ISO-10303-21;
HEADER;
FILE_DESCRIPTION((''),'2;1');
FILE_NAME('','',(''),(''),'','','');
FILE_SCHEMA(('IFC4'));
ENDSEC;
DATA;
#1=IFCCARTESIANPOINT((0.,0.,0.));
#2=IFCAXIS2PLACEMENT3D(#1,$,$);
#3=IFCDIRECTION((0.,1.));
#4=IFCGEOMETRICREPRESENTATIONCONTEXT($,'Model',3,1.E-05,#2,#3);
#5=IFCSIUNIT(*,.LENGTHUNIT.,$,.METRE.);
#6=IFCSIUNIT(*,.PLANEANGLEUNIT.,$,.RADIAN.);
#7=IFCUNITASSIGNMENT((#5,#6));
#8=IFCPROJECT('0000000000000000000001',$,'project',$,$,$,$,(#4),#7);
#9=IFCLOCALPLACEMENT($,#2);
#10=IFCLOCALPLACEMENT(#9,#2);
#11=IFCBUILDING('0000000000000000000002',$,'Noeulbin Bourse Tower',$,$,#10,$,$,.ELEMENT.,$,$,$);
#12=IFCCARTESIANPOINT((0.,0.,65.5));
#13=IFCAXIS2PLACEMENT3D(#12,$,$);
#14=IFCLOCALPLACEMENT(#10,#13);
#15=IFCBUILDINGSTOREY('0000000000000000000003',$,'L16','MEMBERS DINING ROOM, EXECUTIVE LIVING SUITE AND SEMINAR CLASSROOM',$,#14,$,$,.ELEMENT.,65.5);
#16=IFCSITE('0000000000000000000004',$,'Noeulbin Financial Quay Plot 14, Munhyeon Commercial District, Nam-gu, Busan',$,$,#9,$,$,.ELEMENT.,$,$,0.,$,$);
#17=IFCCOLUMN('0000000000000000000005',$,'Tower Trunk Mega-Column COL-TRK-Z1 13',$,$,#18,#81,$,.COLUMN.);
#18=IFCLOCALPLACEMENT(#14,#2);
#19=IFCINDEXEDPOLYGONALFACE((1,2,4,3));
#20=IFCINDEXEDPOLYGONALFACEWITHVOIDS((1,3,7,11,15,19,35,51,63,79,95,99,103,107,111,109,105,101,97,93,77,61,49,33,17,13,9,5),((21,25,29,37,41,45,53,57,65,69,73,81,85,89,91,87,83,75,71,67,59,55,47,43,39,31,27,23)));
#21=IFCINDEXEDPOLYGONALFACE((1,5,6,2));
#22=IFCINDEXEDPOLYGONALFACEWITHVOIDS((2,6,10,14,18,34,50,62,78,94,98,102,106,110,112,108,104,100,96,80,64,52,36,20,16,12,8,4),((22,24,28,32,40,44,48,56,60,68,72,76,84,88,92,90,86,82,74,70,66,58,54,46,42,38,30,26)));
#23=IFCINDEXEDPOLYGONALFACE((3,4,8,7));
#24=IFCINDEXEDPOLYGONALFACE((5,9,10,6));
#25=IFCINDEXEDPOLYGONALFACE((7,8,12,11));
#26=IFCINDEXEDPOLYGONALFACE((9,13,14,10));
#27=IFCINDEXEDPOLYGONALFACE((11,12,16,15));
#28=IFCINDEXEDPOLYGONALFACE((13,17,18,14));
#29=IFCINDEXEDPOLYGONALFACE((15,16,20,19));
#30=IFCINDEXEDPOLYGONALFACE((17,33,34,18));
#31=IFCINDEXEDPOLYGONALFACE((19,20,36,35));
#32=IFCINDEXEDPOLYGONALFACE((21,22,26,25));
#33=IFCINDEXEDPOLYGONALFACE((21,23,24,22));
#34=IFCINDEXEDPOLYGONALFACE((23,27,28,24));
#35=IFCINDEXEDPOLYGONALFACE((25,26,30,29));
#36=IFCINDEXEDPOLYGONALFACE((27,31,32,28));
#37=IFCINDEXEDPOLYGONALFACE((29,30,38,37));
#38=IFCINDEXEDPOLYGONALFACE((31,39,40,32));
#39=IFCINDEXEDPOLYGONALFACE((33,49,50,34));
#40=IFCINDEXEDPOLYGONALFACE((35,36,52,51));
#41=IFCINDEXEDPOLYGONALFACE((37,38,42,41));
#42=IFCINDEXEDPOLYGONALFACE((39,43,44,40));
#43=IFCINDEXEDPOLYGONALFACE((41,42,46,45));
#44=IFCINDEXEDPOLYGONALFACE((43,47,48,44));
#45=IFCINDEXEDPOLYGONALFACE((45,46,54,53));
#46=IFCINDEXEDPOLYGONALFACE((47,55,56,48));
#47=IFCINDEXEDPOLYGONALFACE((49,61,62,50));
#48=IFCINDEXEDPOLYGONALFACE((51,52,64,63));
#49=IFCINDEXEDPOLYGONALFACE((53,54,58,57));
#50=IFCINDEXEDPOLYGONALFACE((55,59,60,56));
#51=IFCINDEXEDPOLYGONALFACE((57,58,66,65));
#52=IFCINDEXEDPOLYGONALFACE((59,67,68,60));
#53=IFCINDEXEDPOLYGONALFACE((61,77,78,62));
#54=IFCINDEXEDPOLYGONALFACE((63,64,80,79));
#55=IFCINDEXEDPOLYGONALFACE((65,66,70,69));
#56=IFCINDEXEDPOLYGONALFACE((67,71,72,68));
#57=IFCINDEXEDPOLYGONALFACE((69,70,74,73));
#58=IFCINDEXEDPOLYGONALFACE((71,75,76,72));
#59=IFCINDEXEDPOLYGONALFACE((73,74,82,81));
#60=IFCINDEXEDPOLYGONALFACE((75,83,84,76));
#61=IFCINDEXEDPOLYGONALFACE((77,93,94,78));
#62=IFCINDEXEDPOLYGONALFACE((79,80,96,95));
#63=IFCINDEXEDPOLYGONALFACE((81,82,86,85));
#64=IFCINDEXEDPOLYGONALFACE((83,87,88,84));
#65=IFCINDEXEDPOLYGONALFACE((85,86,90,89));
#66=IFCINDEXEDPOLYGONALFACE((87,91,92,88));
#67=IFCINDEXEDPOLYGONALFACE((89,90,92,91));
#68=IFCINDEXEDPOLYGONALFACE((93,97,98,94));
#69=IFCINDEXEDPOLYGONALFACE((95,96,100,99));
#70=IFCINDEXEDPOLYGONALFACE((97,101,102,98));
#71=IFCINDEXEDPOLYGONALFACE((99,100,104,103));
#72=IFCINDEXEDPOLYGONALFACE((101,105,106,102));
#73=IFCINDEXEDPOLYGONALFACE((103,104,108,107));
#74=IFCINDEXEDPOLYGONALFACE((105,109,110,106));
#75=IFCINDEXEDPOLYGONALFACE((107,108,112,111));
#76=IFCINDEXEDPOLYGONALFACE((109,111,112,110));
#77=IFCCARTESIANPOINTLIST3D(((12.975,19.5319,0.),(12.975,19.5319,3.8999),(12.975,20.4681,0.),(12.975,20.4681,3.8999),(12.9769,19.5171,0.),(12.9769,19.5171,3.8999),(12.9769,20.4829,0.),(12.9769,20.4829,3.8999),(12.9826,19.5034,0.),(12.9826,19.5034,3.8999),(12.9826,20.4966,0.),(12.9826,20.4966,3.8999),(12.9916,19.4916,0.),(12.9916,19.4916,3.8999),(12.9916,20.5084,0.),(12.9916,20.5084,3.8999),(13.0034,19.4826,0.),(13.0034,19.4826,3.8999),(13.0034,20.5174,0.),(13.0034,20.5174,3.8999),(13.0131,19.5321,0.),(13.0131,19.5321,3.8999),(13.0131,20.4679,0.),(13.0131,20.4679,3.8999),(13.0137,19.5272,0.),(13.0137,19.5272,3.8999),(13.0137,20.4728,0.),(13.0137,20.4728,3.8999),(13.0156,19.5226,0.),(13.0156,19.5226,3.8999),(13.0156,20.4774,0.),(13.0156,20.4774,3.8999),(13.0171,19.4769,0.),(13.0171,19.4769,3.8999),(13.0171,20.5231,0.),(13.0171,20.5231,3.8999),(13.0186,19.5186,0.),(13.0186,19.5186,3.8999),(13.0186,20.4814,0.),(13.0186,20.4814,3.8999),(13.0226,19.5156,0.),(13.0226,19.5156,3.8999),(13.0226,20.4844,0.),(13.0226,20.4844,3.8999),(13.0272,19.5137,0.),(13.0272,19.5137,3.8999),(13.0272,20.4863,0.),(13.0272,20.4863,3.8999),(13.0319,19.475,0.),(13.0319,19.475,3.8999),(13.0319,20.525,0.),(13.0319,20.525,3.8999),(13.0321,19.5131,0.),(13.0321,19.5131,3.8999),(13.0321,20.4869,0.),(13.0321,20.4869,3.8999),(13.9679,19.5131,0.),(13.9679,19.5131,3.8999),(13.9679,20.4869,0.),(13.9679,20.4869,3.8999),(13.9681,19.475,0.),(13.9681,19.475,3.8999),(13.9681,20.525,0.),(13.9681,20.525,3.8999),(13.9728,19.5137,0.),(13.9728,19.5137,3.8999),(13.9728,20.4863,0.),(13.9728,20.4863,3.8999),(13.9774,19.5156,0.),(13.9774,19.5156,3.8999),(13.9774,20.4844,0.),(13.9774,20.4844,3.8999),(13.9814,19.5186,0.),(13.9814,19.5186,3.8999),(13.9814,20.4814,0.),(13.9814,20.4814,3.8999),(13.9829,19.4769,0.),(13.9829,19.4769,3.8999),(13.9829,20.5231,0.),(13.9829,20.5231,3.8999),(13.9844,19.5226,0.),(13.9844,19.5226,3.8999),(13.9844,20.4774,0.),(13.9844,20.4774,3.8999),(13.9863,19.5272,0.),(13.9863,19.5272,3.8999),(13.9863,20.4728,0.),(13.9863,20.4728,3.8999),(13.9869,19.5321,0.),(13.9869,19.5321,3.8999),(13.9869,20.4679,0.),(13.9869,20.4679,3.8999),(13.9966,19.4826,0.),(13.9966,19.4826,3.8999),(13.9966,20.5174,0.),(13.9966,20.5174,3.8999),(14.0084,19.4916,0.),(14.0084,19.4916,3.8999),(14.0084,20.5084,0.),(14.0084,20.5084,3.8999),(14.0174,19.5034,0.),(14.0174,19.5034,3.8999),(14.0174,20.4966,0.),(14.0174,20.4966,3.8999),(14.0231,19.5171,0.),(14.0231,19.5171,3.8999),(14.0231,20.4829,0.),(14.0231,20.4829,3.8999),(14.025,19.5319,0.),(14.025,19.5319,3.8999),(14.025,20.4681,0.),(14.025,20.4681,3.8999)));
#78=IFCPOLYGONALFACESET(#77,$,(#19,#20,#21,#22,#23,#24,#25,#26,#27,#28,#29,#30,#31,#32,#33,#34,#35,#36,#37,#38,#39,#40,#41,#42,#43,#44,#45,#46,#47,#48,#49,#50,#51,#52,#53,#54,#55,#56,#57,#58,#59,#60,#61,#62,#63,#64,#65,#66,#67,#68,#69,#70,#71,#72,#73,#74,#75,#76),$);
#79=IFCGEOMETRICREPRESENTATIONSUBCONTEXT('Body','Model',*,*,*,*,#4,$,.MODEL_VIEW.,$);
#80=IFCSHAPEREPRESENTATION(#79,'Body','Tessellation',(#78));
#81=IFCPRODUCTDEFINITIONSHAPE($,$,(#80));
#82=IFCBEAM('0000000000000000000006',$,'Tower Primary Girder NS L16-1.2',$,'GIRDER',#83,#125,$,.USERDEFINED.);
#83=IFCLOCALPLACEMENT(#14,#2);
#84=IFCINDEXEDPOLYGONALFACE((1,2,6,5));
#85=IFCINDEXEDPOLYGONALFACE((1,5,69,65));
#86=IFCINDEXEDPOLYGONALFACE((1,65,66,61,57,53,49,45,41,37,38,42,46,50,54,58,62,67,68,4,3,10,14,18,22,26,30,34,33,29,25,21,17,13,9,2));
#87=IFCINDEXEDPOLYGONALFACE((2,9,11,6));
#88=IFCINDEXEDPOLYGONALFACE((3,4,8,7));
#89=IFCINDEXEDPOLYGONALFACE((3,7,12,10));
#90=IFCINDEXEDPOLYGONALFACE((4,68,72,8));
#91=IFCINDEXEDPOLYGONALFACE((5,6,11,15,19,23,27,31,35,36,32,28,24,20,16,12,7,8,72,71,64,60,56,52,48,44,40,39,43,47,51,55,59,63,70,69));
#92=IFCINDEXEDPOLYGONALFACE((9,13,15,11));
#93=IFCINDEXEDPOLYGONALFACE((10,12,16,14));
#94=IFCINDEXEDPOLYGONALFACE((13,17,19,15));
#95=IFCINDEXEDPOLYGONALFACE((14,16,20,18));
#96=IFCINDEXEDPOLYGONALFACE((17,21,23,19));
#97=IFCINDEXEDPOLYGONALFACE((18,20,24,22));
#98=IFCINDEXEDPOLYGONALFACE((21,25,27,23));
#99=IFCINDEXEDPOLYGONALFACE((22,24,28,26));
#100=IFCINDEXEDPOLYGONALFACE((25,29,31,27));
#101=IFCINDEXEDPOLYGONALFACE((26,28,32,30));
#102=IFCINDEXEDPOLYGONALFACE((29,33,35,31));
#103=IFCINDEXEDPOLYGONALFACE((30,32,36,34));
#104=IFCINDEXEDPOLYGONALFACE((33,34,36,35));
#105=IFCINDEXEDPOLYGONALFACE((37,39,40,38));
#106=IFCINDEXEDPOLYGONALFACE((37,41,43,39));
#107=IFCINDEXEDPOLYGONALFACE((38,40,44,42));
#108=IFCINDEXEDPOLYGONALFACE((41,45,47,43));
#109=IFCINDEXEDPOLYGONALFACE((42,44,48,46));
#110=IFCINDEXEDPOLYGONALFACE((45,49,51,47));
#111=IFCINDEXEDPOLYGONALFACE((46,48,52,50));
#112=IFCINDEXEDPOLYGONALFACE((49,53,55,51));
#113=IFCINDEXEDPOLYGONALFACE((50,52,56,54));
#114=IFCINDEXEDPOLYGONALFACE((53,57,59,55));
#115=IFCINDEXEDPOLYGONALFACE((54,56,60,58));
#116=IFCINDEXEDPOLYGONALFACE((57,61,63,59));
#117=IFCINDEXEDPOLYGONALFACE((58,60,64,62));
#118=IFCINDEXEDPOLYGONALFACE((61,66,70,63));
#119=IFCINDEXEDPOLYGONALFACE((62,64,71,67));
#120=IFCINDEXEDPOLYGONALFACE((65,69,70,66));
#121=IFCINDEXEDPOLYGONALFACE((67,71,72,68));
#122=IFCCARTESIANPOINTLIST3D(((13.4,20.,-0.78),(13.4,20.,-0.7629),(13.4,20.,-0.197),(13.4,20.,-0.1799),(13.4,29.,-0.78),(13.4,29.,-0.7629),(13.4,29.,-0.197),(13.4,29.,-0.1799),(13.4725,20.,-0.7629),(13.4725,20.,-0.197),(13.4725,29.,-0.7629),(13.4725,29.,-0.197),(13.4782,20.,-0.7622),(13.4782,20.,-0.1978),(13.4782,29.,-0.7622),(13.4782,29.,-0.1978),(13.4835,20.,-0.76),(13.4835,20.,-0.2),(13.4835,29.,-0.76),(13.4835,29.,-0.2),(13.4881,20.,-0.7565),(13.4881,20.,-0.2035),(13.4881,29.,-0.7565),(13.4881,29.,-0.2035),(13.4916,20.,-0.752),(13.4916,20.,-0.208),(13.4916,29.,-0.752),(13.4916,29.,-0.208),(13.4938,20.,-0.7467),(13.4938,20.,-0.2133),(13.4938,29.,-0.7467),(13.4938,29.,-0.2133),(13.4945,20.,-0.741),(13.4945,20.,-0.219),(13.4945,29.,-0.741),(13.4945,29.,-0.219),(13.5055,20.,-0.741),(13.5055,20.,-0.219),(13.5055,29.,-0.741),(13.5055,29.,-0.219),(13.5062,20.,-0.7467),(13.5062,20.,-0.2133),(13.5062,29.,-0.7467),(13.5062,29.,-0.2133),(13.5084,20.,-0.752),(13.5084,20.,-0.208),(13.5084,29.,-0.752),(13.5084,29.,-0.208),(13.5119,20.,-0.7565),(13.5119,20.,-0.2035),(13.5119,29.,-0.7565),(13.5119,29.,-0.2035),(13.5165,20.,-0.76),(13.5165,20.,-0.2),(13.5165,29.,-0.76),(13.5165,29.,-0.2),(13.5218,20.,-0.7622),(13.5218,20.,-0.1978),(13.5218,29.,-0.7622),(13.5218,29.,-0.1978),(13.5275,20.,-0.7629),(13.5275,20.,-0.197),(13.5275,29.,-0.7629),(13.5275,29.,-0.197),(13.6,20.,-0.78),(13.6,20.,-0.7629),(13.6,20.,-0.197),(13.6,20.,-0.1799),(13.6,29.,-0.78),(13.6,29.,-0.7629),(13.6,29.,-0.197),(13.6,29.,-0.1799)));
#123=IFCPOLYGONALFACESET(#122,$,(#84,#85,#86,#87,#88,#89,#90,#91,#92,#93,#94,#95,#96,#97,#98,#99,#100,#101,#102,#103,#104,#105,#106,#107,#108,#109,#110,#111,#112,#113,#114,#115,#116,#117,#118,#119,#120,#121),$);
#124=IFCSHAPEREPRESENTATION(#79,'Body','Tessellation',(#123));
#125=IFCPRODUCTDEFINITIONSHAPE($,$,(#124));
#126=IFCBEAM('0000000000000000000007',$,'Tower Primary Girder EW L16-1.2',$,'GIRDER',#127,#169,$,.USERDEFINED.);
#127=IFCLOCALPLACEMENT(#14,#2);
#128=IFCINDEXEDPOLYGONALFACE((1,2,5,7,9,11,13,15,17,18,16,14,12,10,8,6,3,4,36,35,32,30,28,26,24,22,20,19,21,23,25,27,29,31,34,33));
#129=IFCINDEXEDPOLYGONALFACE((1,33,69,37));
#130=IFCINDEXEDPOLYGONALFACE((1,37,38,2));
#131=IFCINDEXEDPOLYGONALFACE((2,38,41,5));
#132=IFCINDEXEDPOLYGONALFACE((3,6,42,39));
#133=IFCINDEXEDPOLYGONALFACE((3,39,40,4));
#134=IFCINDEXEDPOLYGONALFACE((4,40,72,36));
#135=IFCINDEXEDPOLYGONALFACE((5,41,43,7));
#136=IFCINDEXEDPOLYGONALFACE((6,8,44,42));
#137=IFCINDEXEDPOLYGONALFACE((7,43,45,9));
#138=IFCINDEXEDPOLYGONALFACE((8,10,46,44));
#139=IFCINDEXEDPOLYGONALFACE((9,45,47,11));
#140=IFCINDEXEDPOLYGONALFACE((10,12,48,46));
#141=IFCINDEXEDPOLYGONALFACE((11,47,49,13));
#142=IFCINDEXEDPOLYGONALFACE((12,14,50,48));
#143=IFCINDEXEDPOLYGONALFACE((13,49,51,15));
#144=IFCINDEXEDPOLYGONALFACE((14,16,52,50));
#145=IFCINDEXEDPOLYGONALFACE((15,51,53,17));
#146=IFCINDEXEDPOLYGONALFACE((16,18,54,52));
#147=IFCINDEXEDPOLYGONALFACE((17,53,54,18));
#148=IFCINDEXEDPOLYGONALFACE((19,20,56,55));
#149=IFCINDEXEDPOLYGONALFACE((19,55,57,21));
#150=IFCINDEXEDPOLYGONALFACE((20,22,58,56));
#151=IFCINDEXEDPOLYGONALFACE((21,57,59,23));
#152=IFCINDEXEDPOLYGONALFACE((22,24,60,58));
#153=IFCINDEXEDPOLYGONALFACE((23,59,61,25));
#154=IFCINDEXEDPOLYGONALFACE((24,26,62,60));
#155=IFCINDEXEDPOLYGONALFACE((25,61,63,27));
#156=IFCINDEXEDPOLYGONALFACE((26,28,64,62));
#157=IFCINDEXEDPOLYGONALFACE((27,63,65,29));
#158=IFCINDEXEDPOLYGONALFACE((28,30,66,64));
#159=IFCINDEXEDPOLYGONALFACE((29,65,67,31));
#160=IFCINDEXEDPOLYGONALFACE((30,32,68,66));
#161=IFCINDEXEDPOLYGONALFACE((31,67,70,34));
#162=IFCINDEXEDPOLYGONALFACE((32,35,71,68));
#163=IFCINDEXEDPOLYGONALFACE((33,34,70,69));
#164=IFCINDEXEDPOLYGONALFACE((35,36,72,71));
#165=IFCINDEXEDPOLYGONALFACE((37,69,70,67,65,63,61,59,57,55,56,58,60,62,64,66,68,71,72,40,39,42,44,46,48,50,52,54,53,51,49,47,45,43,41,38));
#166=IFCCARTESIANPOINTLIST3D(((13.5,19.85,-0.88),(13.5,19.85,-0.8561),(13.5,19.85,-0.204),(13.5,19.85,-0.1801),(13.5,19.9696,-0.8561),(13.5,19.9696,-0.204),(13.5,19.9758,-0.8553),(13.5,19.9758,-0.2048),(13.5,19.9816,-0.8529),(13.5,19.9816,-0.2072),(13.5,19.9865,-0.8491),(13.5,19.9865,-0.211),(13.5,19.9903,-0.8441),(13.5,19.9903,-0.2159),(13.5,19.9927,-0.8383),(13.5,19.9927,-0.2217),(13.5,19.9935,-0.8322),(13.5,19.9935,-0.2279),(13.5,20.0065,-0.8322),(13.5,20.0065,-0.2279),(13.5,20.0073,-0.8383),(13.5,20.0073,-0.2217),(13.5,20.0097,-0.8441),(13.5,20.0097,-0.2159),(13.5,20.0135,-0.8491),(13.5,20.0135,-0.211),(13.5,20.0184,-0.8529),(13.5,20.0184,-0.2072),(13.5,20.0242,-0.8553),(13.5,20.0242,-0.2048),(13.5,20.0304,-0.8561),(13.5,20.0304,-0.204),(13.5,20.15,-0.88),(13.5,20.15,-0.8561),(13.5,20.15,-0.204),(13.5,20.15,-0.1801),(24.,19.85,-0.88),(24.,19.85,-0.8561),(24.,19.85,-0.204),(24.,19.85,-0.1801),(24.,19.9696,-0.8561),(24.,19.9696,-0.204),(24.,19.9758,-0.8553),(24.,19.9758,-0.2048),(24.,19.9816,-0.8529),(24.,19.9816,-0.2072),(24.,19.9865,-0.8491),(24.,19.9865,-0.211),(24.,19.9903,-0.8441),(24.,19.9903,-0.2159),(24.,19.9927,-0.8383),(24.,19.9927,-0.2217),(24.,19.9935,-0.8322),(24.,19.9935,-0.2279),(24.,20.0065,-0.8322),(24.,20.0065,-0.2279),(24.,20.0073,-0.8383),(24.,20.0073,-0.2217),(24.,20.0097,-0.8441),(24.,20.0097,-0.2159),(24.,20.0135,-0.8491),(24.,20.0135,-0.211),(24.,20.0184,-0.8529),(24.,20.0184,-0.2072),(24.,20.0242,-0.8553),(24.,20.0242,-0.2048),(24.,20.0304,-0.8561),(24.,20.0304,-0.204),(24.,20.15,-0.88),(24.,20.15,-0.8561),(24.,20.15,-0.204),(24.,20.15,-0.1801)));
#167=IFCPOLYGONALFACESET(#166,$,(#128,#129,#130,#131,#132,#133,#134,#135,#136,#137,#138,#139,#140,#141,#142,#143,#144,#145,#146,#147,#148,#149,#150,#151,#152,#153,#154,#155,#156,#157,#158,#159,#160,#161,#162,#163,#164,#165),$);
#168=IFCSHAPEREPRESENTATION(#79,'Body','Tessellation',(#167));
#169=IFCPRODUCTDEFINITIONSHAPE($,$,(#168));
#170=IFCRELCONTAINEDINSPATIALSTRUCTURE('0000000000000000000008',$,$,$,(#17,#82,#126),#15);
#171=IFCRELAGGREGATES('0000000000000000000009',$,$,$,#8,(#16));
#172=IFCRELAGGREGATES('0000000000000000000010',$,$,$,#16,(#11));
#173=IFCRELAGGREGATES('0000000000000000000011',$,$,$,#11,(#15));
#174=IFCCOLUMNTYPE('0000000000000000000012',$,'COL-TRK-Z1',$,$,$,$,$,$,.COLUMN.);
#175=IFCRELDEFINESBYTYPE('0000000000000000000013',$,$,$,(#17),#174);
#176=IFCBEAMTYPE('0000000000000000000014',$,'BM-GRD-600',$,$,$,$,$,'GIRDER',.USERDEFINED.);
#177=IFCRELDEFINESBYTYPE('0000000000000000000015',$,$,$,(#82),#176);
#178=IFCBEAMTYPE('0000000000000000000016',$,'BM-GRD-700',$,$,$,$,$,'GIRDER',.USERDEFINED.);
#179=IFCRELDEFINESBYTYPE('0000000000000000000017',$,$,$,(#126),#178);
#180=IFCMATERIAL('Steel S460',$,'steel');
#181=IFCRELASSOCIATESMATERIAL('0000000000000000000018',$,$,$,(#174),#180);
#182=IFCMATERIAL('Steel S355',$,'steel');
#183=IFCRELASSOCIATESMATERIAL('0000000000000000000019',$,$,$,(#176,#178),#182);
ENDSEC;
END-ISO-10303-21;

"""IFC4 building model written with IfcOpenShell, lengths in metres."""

from ifc_helpers import new_model, si_unit, direction, frame, origin, origin_2d, place, context, subcontext, project, spatial, hollow_rectangle, i_section, extrude, material, material_profile, profile_set, type_object, element, save


model = new_model("IFC4")

# Units and contexts
model_context = context("Model", 3, precision=1e-05, world=origin(), true_north=direction((0.0, 1.0)))
body_context = subcontext(model_context, "Body", "Model", "MODEL_VIEW")
ifc_project = project(units=[si_unit("LENGTHUNIT", "METRE"), si_unit("PLANEANGLEUNIT", "RADIAN")], contexts=[model_context])

# Site, building, storey
site_placement = place(None, origin())
site = spatial("IfcSite", under=ifc_project, at=site_placement, Name="Noeulbin Financial Quay Plot 14, Munhyeon Commercial District, Nam-gu, Busan", CompositionType="ELEMENT", RefElevation=0.0)
building_placement = place(site_placement, origin())
building = spatial("IfcBuilding", under=site, at=building_placement, Name="Noeulbin Bourse Tower", CompositionType="ELEMENT")
storey_placement = place(building_placement, frame((0.0, 0.0, 65.5)))
storey = spatial("IfcBuildingStorey", under=building, at=storey_placement, Name="L16", Description="MEMBERS DINING ROOM, EXECUTIVE LIVING SUITE AND SEMINAR CLASSROOM", CompositionType="ELEMENT", Elevation=65.5)

# Column
ifc_material_1 = material(Name="Steel S460", Category="steel")
ifc_material_profile_1 = material_profile(ifc_material_1, hollow_rectangle(XDim=1.05, YDim=1.05, WallThickness=0.0381, InnerFilletRadius=0.019, OuterFilletRadius=0.0569, at=origin_2d()), Name="BOX-1050x1050x38", Category="LoadBearing")
ifc_profile_set_1 = profile_set([ifc_material_profile_1], Name="Steel S460")
column_type = type_object("IfcColumnType", Name="COL-TRK-Z1", PredefinedType="COLUMN", material=ifc_profile_set_1)
column_placement = place(storey_placement, frame((13.5, 20.0, 0.0), z_axis=(0.0, 0.0, 1.0), x_axis=(1.0, 0.0, 0.0)))
element("IfcColumn", 1, at=column_placement, inside=storey, type_object=column_type, Name="Tower Trunk Mega-Column COL-TRK-Z1 13", PredefinedType="COLUMN", context=body_context, shape_type="SweptSolid", body=[
    extrude(hollow_rectangle(XDim=1.05, YDim=1.05, WallThickness=0.0381, InnerFilletRadius=0.019, OuterFilletRadius=0.0569, at=origin_2d()), origin(), (0.0, 0.0, 1.0), 3.8999),
])

# Beams
ifc_material_2 = material(Name="Steel S355", Category="steel")
ifc_material_profile_2 = material_profile(ifc_material_2, i_section(OverallWidth=0.2, OverallDepth=0.6001, WebThickness=0.011, FlangeThickness=0.0171, FilletRadius=0.022, at=origin_2d()), Name="H-600x200x11x17", Category="LoadBearing")
ifc_profile_set_2 = profile_set([ifc_material_profile_2], Name="Steel S355")
beam_type_1 = type_object("IfcBeamType", Name="BM-GRD-600", ElementType="GIRDER", PredefinedType="USERDEFINED", material=ifc_profile_set_2)
beam_1_placement = place(storey_placement, frame((13.5, 20.0, -0.48), z_axis=(0.0, 1.0, 0.0), x_axis=(-1.0, 0.0, 0.0)))
element("IfcBeam", 2, at=beam_1_placement, inside=storey, type_object=beam_type_1, Name="Tower Primary Girder NS L16-1.2", ObjectType="GIRDER", PredefinedType="USERDEFINED", context=body_context, shape_type="SweptSolid", body=[
    extrude(i_section(OverallWidth=0.2, OverallDepth=0.6001, WebThickness=0.011, FlangeThickness=0.0171, FilletRadius=0.022, at=origin_2d()), origin(), (0.0, 0.0, 1.0), 9.0),
])
ifc_material_profile_3 = material_profile(ifc_material_2, i_section(OverallWidth=0.3, OverallDepth=0.7, WebThickness=0.0129, FlangeThickness=0.0239, FilletRadius=0.0239, at=origin_2d()), Name="H-700x300x13x24", Category="LoadBearing")
ifc_profile_set_3 = profile_set([ifc_material_profile_3], Name="Steel S355")
beam_type_2 = type_object("IfcBeamType", Name="BM-GRD-700", ElementType="GIRDER", PredefinedType="USERDEFINED", material=ifc_profile_set_3)
beam_2_placement = place(storey_placement, frame((13.5, 20.0, -0.53), z_axis=(1.0, 0.0, 0.0), x_axis=(0.0, 1.0, 0.0)))
element("IfcBeam", 3, at=beam_2_placement, inside=storey, type_object=beam_type_2, Name="Tower Primary Girder EW L16-1.2", ObjectType="GIRDER", PredefinedType="USERDEFINED", context=body_context, shape_type="SweptSolid", body=[
    extrude(i_section(OverallWidth=0.3, OverallDepth=0.7, WebThickness=0.0129, FlangeThickness=0.0239, FilletRadius=0.0239, at=origin_2d()), origin(), (0.0, 0.0, 1.0), 10.5),
])

save(model, "model.ifc")
